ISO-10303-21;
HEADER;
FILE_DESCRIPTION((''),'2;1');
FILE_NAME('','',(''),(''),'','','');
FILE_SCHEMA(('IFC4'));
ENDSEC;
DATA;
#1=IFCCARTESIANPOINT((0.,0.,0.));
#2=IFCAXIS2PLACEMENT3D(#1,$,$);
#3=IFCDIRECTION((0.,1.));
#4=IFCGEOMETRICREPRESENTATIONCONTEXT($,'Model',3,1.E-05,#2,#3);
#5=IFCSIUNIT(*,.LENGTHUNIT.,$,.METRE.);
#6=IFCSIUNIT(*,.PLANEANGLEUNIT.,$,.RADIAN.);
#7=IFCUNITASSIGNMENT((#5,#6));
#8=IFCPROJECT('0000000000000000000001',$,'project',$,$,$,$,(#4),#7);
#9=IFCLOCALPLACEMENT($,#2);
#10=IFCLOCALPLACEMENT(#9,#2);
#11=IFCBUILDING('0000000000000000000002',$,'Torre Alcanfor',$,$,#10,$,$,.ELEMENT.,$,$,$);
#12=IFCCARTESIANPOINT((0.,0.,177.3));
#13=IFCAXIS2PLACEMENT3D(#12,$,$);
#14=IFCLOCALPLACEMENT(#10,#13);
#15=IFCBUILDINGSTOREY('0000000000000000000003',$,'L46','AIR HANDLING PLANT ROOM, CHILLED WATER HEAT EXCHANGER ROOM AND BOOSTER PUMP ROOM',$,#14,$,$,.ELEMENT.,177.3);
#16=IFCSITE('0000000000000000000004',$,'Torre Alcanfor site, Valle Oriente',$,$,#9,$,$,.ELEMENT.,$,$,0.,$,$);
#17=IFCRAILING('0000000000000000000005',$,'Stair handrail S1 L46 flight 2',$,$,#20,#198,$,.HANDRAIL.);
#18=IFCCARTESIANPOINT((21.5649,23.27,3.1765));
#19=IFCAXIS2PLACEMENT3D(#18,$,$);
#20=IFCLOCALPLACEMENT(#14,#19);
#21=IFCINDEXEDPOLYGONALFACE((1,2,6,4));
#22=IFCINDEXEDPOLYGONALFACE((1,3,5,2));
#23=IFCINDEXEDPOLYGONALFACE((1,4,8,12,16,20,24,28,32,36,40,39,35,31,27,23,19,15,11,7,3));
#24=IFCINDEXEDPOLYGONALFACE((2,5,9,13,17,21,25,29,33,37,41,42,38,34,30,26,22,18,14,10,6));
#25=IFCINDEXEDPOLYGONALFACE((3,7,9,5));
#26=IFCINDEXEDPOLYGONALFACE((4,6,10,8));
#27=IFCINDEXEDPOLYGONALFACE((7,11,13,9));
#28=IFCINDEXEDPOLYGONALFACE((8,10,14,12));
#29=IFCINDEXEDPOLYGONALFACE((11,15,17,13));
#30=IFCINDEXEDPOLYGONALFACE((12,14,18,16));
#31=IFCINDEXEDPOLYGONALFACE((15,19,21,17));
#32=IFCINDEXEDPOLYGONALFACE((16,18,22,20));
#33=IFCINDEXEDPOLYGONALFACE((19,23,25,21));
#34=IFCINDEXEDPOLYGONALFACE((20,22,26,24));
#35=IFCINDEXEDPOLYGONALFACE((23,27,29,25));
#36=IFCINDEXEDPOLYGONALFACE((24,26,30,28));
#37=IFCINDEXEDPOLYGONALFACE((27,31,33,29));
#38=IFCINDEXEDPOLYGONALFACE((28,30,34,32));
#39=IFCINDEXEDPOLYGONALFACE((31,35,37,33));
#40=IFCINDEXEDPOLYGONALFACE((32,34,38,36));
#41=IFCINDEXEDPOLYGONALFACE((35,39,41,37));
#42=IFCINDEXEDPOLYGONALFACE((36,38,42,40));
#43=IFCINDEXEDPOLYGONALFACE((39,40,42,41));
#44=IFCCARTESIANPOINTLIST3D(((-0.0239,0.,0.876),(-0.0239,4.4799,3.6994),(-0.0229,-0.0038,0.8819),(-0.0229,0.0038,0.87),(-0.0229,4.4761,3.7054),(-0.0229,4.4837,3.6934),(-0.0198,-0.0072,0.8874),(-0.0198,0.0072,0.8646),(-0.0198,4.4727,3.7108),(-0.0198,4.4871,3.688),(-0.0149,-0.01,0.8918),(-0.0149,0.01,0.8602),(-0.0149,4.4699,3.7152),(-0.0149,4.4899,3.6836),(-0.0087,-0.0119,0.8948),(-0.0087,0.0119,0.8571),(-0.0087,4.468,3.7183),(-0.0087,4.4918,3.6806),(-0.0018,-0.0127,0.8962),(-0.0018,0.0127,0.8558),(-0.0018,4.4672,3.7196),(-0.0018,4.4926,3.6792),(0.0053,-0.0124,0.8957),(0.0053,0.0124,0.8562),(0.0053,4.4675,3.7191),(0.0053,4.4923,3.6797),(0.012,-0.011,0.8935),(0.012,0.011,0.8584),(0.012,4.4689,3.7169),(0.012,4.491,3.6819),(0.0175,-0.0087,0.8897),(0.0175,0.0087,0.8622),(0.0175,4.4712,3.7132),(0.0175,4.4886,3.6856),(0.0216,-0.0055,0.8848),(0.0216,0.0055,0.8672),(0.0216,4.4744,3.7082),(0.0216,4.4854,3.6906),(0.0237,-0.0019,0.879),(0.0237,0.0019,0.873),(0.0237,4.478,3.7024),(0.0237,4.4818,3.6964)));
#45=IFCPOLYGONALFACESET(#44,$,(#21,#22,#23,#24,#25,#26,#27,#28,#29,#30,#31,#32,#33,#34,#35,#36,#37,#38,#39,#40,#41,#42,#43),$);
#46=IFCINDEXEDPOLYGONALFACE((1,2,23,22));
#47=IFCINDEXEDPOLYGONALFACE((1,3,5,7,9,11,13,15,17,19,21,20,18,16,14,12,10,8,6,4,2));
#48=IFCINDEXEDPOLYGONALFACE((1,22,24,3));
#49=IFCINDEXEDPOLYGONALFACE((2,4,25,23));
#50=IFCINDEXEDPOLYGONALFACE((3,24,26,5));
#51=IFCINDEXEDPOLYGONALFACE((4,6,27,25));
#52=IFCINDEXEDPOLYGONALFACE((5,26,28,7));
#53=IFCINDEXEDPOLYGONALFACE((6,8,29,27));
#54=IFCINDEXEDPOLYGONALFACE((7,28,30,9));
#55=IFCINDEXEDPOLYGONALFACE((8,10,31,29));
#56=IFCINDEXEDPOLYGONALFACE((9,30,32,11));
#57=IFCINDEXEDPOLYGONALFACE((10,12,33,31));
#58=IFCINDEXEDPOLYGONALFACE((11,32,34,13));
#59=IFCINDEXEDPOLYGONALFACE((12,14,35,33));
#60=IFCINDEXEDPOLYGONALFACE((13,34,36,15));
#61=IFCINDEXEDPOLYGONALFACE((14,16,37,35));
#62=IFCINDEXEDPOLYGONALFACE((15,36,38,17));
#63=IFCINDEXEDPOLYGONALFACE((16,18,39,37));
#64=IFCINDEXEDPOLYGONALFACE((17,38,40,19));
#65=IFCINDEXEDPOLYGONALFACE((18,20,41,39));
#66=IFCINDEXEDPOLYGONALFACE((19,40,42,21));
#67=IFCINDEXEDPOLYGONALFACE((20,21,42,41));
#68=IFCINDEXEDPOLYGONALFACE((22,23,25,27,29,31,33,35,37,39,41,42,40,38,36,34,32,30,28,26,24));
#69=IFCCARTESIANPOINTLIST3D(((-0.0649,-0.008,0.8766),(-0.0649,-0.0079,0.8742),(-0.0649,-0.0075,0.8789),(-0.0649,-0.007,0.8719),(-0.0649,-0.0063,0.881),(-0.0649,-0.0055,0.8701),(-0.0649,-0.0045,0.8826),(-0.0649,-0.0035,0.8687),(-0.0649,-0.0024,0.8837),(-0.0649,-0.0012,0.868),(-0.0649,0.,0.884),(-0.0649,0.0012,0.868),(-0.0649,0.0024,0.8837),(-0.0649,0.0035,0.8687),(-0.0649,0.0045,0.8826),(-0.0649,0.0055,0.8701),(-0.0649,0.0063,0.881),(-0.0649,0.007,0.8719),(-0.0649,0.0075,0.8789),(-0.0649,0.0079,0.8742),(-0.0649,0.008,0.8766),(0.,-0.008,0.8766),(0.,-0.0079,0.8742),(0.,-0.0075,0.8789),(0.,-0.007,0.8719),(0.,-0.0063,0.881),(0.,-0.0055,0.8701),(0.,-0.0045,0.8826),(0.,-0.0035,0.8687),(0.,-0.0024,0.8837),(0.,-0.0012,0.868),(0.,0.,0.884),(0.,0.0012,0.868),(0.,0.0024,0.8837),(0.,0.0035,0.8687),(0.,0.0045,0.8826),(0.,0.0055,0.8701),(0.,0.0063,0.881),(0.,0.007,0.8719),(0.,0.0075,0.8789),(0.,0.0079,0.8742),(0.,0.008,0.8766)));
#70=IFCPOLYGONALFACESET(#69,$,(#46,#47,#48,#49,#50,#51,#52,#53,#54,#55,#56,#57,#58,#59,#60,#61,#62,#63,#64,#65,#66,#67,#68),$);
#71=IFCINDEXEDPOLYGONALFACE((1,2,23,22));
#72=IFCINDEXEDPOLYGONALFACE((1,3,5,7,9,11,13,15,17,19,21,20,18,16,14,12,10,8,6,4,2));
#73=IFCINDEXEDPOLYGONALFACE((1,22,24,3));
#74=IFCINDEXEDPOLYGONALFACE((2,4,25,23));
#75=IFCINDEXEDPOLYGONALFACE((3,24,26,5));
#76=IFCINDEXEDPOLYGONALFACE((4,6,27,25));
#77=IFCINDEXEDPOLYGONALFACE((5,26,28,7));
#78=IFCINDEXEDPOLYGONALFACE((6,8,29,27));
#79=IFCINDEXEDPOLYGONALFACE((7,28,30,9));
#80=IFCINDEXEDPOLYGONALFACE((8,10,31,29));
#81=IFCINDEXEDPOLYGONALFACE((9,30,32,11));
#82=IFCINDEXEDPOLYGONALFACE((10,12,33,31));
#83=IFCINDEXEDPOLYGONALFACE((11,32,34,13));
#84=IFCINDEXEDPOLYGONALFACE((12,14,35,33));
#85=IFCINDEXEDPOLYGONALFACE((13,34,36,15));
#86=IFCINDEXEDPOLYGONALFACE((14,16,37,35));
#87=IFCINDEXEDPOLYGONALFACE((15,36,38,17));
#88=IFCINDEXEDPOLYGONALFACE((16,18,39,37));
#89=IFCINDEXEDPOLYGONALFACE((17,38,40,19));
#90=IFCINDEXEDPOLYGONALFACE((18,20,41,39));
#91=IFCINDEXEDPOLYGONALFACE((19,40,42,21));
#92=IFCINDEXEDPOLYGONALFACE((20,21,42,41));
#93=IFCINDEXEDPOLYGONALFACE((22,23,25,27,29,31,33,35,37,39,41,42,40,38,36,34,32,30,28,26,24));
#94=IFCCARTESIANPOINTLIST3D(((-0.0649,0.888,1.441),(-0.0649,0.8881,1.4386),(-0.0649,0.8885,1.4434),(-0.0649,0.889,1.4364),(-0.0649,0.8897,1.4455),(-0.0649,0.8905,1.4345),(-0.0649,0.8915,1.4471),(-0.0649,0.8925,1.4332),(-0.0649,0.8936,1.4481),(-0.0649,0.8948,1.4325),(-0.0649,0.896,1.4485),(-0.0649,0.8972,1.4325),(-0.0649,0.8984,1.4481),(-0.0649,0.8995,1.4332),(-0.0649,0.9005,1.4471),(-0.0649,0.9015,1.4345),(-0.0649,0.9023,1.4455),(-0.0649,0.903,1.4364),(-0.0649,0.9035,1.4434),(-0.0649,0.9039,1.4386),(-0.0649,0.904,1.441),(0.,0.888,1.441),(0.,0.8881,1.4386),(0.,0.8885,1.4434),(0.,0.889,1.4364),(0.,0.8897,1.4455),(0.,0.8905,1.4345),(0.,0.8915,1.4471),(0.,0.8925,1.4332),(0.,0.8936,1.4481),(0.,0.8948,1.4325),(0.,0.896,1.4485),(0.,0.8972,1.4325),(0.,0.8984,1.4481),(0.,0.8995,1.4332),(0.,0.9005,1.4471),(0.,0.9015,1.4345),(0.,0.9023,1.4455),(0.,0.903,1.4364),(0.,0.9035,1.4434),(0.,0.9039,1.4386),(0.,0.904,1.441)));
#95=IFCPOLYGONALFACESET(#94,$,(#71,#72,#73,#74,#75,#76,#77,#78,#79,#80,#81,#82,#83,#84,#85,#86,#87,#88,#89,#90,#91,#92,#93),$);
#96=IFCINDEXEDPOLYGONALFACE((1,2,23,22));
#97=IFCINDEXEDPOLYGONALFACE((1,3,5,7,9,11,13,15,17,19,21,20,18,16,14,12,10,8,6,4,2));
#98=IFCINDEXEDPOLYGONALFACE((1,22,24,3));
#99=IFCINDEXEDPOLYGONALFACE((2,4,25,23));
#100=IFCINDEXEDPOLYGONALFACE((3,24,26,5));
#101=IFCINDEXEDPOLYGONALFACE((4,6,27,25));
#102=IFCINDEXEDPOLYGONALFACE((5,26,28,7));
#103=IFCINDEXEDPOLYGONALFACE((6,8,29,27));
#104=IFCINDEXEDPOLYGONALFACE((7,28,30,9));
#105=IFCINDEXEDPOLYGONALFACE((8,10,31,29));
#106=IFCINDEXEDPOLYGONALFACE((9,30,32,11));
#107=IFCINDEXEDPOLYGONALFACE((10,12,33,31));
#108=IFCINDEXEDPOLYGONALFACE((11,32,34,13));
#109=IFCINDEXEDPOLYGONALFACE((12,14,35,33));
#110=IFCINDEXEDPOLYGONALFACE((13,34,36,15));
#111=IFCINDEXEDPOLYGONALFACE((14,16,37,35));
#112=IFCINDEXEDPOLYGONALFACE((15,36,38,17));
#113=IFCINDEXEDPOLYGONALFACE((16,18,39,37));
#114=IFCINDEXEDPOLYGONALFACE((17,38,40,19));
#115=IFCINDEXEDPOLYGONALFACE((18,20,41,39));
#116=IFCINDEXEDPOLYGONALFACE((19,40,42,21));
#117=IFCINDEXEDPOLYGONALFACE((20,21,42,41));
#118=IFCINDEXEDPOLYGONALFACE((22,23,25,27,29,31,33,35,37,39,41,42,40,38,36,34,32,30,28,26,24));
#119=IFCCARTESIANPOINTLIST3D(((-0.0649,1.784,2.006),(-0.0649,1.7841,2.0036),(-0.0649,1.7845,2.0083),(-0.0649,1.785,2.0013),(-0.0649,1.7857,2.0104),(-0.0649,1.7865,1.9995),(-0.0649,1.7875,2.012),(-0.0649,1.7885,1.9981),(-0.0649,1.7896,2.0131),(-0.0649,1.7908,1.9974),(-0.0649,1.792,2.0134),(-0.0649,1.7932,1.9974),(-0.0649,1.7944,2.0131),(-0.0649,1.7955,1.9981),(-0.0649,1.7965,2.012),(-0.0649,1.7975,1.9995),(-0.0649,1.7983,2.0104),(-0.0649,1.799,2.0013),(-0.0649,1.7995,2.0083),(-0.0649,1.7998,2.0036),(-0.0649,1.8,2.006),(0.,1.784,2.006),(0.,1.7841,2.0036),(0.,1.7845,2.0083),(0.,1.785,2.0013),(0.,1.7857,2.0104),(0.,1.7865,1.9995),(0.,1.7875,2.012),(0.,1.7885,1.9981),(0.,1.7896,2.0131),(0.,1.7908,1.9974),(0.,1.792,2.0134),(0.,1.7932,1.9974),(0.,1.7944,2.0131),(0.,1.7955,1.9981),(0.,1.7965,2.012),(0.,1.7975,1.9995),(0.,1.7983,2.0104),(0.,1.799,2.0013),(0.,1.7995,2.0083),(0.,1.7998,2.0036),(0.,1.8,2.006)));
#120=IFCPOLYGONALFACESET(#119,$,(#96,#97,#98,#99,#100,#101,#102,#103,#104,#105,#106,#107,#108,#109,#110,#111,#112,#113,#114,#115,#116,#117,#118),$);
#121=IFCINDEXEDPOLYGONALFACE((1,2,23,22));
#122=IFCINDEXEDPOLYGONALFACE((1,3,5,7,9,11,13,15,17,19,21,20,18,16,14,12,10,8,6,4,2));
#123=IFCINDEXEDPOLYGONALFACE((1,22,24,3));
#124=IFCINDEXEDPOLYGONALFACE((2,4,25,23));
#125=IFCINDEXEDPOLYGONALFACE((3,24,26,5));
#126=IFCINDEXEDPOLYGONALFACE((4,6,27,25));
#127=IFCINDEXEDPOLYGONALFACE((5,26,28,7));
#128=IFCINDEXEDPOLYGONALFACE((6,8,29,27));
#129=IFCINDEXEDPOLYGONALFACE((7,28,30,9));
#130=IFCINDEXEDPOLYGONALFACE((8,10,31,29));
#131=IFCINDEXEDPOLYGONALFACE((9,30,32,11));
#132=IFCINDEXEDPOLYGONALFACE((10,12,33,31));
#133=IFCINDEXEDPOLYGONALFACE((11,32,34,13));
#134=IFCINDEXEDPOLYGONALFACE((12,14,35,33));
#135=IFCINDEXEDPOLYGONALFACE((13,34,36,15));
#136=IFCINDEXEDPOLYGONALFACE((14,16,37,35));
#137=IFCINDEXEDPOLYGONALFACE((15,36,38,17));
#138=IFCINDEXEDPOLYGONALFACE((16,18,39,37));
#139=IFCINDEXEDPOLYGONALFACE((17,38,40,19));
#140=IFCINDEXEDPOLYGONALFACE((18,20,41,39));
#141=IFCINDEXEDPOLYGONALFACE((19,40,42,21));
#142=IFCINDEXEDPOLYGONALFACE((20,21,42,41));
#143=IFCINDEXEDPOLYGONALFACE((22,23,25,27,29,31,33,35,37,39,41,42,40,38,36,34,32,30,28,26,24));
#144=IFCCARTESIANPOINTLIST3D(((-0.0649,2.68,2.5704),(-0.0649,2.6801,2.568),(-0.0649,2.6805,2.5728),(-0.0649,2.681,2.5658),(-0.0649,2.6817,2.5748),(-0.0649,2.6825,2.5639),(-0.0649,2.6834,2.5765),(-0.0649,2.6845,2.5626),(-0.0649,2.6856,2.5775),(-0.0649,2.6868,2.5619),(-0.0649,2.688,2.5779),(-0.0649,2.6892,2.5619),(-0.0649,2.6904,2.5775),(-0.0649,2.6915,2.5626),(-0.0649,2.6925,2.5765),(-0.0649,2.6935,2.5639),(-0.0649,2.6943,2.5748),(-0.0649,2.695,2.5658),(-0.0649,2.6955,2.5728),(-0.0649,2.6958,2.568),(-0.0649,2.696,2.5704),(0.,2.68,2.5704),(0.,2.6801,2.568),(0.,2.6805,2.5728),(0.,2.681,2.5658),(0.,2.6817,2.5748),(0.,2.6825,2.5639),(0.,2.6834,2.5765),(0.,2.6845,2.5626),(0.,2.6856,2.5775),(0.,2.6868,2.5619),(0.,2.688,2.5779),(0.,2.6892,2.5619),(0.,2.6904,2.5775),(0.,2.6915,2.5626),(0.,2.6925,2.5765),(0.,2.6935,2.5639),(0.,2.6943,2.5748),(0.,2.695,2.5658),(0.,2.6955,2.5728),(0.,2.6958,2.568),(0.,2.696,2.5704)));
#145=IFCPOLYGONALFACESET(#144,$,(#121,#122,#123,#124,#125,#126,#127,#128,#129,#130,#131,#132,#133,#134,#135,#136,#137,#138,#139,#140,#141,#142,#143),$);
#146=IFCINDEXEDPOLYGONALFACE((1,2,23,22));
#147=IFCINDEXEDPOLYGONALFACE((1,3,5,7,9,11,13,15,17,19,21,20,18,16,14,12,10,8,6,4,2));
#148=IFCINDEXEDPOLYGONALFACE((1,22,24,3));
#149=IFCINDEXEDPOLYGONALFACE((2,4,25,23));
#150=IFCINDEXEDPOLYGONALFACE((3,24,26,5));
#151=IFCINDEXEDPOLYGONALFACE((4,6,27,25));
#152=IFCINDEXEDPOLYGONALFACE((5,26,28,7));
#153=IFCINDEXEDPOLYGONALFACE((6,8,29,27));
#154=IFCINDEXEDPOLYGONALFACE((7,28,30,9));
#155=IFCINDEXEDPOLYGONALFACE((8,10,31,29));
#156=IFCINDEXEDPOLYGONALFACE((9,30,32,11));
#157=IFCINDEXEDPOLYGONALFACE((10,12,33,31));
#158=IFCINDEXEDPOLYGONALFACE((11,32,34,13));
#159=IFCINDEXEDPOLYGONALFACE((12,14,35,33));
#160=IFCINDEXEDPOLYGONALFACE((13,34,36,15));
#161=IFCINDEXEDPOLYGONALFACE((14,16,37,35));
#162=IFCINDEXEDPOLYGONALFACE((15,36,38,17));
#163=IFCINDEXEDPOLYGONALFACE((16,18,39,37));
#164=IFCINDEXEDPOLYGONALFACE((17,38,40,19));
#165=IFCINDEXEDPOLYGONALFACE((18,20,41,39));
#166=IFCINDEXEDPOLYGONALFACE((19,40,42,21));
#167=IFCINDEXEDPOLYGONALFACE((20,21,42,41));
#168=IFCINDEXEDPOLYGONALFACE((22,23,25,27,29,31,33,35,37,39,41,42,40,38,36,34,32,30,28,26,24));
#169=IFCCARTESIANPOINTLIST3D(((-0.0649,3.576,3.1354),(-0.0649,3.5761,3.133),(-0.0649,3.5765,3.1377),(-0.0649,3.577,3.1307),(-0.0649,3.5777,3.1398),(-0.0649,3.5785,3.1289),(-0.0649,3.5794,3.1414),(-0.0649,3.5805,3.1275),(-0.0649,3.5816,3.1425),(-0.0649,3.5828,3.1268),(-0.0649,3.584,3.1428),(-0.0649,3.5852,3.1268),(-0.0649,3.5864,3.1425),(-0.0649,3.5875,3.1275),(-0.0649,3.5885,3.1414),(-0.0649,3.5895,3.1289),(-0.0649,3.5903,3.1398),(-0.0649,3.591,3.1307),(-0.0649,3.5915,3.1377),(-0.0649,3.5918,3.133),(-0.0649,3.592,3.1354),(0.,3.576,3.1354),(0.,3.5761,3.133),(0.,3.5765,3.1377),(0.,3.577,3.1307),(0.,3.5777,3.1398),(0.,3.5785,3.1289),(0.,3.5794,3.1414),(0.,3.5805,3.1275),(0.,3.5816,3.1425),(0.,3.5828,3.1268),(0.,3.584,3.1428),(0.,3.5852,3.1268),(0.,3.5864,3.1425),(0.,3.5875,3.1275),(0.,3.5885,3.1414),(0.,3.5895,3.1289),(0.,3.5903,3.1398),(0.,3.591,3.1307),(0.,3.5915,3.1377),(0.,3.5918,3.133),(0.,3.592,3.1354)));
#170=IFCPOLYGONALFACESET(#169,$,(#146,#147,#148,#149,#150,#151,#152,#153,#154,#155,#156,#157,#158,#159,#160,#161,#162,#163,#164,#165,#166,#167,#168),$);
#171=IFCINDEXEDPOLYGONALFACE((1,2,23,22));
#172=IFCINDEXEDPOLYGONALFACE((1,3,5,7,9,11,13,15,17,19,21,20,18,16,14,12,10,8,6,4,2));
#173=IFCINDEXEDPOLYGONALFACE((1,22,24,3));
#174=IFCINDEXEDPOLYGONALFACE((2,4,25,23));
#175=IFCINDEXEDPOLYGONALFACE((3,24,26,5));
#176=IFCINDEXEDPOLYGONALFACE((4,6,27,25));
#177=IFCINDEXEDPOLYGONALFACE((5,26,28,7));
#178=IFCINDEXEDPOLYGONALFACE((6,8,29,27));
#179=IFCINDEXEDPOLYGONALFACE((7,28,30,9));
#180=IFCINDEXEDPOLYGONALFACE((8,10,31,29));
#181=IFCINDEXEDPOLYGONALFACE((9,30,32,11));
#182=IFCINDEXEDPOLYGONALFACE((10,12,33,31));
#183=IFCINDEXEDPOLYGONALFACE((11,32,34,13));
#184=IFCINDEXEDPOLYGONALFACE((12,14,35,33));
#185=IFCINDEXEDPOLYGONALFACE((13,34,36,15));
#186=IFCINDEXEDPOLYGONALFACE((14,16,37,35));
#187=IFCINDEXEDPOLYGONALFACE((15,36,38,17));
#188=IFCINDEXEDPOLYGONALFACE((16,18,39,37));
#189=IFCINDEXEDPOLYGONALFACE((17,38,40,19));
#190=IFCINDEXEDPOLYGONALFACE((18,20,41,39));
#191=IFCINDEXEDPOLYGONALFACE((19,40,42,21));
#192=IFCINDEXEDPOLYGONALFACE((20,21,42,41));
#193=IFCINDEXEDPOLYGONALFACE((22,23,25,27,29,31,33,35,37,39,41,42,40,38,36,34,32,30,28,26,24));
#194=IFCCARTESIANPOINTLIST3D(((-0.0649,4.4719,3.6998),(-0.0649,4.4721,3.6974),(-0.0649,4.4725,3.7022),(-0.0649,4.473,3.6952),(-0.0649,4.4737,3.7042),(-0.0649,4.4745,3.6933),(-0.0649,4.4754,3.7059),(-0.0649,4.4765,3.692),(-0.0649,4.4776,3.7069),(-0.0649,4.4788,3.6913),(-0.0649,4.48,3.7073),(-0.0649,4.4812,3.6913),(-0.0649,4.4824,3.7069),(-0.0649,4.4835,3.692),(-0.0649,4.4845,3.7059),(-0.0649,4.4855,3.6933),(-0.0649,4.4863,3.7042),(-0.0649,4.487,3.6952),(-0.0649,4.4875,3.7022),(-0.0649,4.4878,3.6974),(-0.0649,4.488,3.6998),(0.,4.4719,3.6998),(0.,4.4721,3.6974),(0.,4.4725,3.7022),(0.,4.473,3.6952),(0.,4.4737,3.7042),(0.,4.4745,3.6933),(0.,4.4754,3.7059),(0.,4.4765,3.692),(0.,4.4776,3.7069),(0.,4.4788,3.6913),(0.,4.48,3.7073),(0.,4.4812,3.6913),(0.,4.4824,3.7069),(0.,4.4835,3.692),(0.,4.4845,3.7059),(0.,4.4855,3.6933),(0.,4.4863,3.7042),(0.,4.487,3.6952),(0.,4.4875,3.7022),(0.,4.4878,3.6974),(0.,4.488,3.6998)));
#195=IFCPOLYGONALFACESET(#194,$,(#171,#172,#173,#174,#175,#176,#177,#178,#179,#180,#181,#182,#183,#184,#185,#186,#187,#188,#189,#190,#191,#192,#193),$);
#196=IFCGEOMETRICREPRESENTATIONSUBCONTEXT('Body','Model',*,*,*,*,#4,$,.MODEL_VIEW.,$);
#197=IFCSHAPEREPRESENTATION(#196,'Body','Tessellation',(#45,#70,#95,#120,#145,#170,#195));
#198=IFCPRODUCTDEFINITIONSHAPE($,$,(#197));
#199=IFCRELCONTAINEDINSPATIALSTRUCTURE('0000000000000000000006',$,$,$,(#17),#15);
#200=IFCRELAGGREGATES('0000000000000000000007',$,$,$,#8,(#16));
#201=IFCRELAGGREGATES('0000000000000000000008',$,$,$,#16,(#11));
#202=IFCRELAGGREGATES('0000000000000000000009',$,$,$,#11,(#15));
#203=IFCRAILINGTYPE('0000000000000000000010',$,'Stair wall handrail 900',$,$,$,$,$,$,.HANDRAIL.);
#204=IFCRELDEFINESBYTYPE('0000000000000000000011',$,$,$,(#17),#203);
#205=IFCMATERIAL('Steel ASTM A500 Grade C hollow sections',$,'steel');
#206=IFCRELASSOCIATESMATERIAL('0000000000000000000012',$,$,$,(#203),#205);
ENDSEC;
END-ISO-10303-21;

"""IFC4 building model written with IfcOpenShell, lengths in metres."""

from ifc_helpers import new_model, si_unit, direction, frame, origin, origin_2d, place, context, subcontext, project, spatial, circle, extrude, material, type_object, element, save


model = new_model("IFC4")

# Units and contexts
model_context = context("Model", 3, precision=1e-05, world=origin(), true_north=direction((0.0, 1.0)))
body_context = subcontext(model_context, "Body", "Model", "MODEL_VIEW")
ifc_project = project(units=[si_unit("LENGTHUNIT", "METRE"), si_unit("PLANEANGLEUNIT", "RADIAN")], contexts=[model_context])

# Site, building, storey
site_placement = place(None, origin())
site = spatial("IfcSite", under=ifc_project, at=site_placement, Name="Torre Alcanfor site, Valle Oriente", CompositionType="ELEMENT", RefElevation=0.0)
building_placement = place(site_placement, origin())
building = spatial("IfcBuilding", under=site, at=building_placement, Name="Torre Alcanfor", CompositionType="ELEMENT")
storey_placement = place(building_placement, frame((0.0, 0.0, 177.3)))
storey = spatial("IfcBuildingStorey", under=building, at=storey_placement, Name="L46", Description="AIR HANDLING PLANT ROOM, CHILLED WATER HEAT EXCHANGER ROOM AND BOOSTER PUMP ROOM", CompositionType="ELEMENT", Elevation=177.3)

# Railing
ifc_material_1 = material(Name="Steel ASTM A500 Grade C hollow sections", Category="steel")
railing_type_1 = type_object("IfcRailingType", Name="Stair wall handrail 900", PredefinedType="HANDRAIL", material=ifc_material_1)
railing_1_placement = place(storey_placement, frame((21.5649, 23.27, 3.1765)))
element("IfcRailing", 1, at=railing_1_placement, inside=storey, type_object=railing_type_1, Name="Stair handrail S1 L46 flight 2", PredefinedType="HANDRAIL", context=body_context, shape_type="SweptSolid", body=[
    extrude(circle(Radius=0.0239, at=origin_2d()), frame((0.0, 0.0, 0.876), z_axis=(0.0, 0.845998, 0.533186), x_axis=(-1.0, 0.0, 0.0)), (0.0, 0.0, 1.0), 5.2954),
    extrude(circle(Radius=0.0081, at=origin_2d()), frame((0.0, 0.0, 0.876), z_axis=(-1.0, 0.0, 0.0), x_axis=(0.0, 0.0, 1.0)), (0.0, 0.0, 1.0), 0.0649),
    extrude(circle(Radius=0.0081, at=origin_2d()), frame((0.0, 0.896, 1.4404), z_axis=(-1.0, 0.0, 0.0), x_axis=(0.0, 0.0, 1.0)), (0.0, 0.0, 1.0), 0.0649),
    extrude(circle(Radius=0.0081, at=origin_2d()), frame((0.0, 1.792, 2.0054), z_axis=(-1.0, 0.0, 0.0), x_axis=(0.0, 0.0, 1.0)), (0.0, 0.0, 1.0), 0.0649),
    extrude(circle(Radius=0.0081, at=origin_2d()), frame((0.0, 2.688, 2.5698), z_axis=(-1.0, 0.0, 0.0), x_axis=(0.0, 0.0, 1.0)), (0.0, 0.0, 1.0), 0.0649),
    extrude(circle(Radius=0.0081, at=origin_2d()), frame((0.0, 3.584, 3.1348), z_axis=(-1.0, 0.0, 0.0), x_axis=(0.0, 0.0, 1.0)), (0.0, 0.0, 1.0), 0.0649),
    extrude(circle(Radius=0.0081, at=origin_2d()), frame((0.0, 4.48, 3.6992), z_axis=(-1.0, 0.0, 0.0), x_axis=(0.0, 0.0, 1.0)), (0.0, 0.0, 1.0), 0.0649),
])

save(model, "model.ifc")
